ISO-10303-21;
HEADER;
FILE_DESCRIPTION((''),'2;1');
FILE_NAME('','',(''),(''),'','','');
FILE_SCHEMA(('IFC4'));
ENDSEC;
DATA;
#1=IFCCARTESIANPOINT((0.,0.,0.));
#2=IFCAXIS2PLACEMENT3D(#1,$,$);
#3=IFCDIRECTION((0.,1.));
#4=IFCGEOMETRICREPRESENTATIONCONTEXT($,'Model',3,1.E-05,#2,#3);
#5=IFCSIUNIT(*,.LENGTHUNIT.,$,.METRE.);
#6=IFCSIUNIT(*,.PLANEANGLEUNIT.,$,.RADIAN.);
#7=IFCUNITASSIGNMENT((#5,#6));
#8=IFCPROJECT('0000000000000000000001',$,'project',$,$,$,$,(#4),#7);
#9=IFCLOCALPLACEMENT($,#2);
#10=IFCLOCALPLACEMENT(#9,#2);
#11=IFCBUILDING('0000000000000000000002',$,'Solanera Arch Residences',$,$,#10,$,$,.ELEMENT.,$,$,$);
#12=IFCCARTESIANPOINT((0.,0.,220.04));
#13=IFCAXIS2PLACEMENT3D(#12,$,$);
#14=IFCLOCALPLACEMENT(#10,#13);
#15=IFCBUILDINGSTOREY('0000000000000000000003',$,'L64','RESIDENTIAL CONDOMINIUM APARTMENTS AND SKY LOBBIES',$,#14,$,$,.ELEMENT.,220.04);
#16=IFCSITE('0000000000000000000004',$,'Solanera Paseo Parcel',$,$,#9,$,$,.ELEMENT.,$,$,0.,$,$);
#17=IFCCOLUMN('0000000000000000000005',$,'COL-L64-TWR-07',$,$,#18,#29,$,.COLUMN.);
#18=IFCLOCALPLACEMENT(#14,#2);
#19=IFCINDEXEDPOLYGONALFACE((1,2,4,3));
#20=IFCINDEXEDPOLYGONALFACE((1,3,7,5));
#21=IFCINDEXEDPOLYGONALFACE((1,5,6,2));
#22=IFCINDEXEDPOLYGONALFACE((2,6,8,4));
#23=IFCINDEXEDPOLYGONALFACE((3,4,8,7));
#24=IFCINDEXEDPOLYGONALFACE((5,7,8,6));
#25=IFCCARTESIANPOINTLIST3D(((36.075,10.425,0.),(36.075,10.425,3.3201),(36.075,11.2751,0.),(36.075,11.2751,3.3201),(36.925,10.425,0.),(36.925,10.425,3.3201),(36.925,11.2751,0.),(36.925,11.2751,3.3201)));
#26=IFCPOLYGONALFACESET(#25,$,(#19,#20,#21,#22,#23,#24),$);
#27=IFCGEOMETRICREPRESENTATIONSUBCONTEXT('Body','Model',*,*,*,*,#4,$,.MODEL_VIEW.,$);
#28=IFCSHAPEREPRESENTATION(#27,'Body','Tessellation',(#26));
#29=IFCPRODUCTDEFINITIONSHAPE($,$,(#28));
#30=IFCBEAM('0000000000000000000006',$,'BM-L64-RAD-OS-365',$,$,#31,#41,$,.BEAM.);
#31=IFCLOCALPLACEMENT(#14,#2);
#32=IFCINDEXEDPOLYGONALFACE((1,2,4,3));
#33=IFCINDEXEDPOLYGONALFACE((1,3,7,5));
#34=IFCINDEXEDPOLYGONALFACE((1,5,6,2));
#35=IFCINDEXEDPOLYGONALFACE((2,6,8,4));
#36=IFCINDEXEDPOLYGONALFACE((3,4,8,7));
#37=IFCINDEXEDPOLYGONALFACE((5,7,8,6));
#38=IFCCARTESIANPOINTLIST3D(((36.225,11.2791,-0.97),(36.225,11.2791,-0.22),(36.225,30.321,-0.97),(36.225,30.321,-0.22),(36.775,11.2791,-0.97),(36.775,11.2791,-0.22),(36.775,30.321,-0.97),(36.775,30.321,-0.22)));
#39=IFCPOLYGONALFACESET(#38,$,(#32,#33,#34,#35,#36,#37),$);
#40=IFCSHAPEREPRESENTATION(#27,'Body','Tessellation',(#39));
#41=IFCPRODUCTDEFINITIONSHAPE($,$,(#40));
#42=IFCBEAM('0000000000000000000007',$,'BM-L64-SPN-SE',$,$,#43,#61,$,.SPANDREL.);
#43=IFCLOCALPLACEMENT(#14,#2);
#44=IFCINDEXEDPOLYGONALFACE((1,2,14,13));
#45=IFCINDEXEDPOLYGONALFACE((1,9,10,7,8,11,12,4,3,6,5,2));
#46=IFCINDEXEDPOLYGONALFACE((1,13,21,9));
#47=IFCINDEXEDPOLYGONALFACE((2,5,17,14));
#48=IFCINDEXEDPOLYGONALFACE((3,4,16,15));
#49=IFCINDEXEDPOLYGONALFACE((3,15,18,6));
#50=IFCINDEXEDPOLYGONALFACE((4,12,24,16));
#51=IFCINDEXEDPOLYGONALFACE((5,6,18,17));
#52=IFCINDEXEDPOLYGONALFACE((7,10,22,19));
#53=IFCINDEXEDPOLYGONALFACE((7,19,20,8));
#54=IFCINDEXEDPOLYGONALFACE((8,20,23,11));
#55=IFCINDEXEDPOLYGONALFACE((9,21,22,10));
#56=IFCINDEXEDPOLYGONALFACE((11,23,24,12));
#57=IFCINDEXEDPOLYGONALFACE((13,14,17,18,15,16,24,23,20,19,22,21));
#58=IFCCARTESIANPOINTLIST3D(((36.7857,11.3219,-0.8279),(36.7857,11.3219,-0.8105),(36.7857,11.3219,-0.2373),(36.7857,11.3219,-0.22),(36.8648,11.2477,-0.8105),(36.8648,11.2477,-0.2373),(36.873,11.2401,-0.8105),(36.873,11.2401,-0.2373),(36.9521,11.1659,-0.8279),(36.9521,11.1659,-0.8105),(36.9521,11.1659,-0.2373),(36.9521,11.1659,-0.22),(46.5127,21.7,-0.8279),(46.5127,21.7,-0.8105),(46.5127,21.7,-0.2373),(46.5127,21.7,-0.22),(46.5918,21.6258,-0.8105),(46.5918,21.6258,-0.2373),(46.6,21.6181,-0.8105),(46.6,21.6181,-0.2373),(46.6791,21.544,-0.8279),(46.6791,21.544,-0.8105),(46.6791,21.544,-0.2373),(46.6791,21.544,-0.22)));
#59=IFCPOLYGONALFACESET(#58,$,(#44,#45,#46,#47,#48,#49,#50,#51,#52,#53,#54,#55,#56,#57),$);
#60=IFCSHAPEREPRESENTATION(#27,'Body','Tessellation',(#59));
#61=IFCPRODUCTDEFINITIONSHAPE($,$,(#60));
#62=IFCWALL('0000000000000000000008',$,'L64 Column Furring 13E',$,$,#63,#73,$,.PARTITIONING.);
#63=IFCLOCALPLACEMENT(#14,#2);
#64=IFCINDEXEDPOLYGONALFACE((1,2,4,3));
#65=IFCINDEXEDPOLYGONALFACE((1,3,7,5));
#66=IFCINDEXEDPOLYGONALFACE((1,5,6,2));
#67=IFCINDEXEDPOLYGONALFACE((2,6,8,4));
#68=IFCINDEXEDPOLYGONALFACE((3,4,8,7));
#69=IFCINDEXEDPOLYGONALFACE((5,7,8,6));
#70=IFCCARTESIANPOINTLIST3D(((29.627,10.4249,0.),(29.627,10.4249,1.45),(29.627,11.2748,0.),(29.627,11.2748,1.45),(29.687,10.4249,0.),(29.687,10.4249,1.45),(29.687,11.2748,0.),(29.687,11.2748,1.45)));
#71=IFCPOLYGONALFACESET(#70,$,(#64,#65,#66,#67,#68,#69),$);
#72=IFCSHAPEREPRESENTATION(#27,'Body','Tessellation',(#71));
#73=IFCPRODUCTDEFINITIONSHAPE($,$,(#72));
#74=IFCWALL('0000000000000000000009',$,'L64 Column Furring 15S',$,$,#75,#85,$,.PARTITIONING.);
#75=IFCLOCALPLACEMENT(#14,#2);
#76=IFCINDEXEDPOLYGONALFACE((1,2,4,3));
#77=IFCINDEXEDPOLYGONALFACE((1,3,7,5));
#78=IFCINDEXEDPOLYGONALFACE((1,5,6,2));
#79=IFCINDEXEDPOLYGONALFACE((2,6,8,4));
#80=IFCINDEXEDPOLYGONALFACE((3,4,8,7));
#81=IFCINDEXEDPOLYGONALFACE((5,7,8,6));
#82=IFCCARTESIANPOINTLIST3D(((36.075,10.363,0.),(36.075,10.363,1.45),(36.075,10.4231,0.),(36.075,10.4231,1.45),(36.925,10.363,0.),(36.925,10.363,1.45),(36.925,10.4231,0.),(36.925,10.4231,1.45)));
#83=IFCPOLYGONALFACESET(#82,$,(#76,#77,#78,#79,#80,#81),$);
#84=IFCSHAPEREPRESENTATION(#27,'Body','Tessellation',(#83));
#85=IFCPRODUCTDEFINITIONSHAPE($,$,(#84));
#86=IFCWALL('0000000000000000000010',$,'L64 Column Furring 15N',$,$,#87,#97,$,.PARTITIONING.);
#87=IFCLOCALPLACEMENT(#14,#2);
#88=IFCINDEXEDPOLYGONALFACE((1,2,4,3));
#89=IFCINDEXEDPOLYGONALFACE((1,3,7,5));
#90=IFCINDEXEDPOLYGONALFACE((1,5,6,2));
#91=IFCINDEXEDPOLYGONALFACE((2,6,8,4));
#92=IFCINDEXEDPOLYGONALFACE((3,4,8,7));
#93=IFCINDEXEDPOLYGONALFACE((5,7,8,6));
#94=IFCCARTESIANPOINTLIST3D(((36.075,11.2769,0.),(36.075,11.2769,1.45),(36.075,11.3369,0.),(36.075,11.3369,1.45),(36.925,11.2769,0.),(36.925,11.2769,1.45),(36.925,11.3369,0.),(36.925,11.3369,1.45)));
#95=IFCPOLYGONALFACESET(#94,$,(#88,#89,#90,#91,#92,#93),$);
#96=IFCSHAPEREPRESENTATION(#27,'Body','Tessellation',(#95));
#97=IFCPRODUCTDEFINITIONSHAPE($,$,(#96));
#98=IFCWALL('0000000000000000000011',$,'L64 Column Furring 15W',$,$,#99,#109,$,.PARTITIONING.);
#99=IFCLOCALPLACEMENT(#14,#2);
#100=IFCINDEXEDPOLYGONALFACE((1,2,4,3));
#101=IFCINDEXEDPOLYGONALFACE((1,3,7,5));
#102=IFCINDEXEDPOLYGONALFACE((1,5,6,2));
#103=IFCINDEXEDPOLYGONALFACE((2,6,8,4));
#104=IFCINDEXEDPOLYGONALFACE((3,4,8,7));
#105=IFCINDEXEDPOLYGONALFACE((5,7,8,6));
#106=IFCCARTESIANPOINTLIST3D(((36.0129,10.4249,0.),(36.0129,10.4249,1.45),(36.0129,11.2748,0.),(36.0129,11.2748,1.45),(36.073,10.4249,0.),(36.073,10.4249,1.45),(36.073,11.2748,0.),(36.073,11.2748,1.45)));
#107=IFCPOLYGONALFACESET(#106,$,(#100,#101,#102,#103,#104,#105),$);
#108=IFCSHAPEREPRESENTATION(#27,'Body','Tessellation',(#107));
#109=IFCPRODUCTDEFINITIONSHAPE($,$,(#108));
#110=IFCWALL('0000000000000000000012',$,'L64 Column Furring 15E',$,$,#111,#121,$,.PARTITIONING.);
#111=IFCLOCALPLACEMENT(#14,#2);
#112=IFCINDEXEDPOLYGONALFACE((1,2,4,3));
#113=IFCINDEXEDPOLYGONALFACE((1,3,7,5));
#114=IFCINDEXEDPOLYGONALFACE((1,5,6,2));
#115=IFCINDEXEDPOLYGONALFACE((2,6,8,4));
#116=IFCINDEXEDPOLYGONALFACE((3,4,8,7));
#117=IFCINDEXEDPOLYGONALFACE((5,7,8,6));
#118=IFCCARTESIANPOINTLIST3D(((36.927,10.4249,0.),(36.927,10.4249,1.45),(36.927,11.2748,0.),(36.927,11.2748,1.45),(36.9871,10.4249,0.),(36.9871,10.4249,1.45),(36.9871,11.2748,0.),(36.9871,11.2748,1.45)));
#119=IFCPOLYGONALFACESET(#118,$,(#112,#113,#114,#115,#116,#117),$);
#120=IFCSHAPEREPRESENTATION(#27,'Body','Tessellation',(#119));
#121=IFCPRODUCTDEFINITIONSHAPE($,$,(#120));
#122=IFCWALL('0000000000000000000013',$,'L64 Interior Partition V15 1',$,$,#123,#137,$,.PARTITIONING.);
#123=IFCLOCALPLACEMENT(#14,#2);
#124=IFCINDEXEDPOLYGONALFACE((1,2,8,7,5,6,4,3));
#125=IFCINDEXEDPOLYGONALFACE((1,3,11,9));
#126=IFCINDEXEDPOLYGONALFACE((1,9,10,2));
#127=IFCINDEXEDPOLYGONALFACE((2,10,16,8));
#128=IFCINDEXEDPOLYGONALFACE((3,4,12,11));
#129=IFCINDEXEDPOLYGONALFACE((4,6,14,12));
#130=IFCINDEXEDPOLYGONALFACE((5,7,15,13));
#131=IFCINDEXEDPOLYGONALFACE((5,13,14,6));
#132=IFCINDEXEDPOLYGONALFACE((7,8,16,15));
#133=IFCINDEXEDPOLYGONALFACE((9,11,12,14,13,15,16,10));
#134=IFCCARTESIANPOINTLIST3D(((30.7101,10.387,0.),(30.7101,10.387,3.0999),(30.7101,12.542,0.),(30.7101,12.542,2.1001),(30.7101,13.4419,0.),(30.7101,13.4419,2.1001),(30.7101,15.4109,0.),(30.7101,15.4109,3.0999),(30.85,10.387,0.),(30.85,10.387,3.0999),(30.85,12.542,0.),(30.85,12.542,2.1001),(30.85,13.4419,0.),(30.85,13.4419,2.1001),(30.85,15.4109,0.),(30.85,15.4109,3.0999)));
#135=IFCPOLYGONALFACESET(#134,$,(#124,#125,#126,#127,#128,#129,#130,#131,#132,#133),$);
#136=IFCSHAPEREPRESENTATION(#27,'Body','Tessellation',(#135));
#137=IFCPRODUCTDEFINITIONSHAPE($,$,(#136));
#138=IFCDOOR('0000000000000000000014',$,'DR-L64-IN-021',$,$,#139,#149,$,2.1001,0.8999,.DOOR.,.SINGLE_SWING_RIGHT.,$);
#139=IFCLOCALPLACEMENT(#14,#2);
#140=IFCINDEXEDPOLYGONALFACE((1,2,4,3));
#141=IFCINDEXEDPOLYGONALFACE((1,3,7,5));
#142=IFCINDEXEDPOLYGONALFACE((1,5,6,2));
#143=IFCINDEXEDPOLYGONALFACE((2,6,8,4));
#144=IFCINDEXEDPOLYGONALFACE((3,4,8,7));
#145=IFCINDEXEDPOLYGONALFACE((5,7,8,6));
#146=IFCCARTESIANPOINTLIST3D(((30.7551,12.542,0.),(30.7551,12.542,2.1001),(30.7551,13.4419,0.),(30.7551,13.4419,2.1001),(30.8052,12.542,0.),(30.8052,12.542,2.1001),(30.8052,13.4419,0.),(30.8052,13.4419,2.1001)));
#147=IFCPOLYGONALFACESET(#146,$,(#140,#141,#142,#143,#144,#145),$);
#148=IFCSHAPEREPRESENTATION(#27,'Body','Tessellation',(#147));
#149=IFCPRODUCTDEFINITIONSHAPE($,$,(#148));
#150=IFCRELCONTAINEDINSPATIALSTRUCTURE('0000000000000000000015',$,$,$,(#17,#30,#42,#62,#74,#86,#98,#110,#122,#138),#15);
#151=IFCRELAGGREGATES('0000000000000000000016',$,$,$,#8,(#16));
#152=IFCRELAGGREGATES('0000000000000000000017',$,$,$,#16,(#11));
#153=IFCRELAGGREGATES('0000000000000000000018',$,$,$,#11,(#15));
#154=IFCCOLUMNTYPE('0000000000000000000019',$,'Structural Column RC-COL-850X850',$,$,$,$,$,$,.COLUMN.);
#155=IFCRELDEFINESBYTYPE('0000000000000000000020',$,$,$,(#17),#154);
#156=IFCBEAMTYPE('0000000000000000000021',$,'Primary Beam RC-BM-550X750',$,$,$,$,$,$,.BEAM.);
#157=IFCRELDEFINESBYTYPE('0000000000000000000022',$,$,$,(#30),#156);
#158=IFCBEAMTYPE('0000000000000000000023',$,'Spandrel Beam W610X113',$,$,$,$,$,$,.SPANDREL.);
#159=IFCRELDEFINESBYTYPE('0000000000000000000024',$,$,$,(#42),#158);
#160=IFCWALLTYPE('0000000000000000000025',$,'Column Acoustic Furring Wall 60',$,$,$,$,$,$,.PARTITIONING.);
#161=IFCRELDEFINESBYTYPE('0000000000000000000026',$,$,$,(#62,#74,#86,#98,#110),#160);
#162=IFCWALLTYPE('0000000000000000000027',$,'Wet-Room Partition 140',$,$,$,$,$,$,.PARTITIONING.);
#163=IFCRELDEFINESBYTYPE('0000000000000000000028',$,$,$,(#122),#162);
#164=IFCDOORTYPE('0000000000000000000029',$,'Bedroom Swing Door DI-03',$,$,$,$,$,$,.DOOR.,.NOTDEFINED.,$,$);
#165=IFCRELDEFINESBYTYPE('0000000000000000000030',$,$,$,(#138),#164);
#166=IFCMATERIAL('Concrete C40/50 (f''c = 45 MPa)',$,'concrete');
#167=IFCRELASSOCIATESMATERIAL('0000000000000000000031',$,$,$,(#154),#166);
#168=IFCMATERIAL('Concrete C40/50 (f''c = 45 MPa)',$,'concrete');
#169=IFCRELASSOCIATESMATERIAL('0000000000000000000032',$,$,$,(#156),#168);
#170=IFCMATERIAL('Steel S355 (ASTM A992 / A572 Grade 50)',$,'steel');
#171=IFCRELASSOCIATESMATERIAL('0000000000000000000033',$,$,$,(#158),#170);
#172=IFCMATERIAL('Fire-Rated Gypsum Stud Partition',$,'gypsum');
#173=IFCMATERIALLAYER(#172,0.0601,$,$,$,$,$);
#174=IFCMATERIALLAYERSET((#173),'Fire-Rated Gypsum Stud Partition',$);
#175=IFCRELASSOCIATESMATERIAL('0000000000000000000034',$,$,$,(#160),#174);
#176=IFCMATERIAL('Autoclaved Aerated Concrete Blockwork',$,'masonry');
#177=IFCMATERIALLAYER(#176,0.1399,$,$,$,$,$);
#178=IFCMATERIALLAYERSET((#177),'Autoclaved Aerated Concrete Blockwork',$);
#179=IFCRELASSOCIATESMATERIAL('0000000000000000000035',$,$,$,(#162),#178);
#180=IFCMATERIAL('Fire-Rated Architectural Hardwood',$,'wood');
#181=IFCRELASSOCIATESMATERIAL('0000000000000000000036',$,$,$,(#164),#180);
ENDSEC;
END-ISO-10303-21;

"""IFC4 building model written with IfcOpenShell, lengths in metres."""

from ifc_helpers import new_model, si_unit, direction, frame, frame_2d, origin, origin_2d, place, context, subcontext, project, spatial, rectangle, i_section, extrude, material, layer, layer_set, material_profile, profile_set, type_object, element, fill, save


model = new_model("IFC4")

# Units and contexts
model_context = context("Model", 3, precision=1e-05, world=origin(), true_north=direction((0.0, 1.0)))
body_context = subcontext(model_context, "Body", "Model", "MODEL_VIEW")
ifc_project = project(units=[si_unit("LENGTHUNIT", "METRE"), si_unit("PLANEANGLEUNIT", "RADIAN")], contexts=[model_context])

# Site, building, storey
site_placement = place(None, origin())
site = spatial("IfcSite", under=ifc_project, at=site_placement, Name="Solanera Paseo Parcel", CompositionType="ELEMENT", RefElevation=0.0)
building_placement = place(site_placement, origin())
building = spatial("IfcBuilding", under=site, at=building_placement, Name="Solanera Arch Residences", CompositionType="ELEMENT")
storey_placement = place(building_placement, frame((0.0, 0.0, 220.04)))
storey = spatial("IfcBuildingStorey", under=building, at=storey_placement, Name="L64", Description="RESIDENTIAL CONDOMINIUM APARTMENTS AND SKY LOBBIES", CompositionType="ELEMENT", Elevation=220.04)

# Column
ifc_material_1 = material(Name="Concrete C40/50 (f'c = 45 MPa)", Category="concrete")
ifc_material_profile_1 = material_profile(ifc_material_1, rectangle(XDim=0.8501, YDim=0.8501, at=origin_2d()))
ifc_profile_set_1 = profile_set([ifc_material_profile_1], Name="Concrete C40/50 (f'c = 45 MPa)")
column_type = type_object("IfcColumnType", Name="Structural Column RC-COL-850X850", PredefinedType="COLUMN", material=ifc_profile_set_1)
column_placement = place(storey_placement, frame((36.5, 10.8501, 0.0), z_axis=(0.0, 0.0, 1.0), x_axis=(1.0, 0.0, 0.0)))
element("IfcColumn", 1, at=column_placement, inside=storey, type_object=column_type, Name="COL-L64-TWR-07", PredefinedType="COLUMN", context=body_context, shape_type="SweptSolid", body=[
    extrude(rectangle(XDim=0.8501, YDim=0.8501, at=origin_2d()), origin(), (0.0, 0.0, 1.0), 3.3201),
])

# Beams
ifc_material_2 = material(Name="Concrete C40/50 (f'c = 45 MPa)", Category="concrete")
ifc_material_profile_2 = material_profile(ifc_material_2, rectangle(XDim=0.55, YDim=0.75, at=origin_2d()))
ifc_profile_set_2 = profile_set([ifc_material_profile_2], Name="Concrete C40/50 (f'c = 45 MPa)")
beam_type_1 = type_object("IfcBeamType", Name="Primary Beam RC-BM-550X750", PredefinedType="BEAM", material=ifc_profile_set_2)
beam_1_placement = place(storey_placement, frame((36.5, 11.2791, -0.595), z_axis=(0.0, 1.0, 0.0), x_axis=(-1.0, 0.0, 0.0)))
element("IfcBeam", 2, at=beam_1_placement, inside=storey, type_object=beam_type_1, Name="BM-L64-RAD-OS-365", PredefinedType="BEAM", context=body_context, shape_type="SweptSolid", body=[
    extrude(rectangle(XDim=0.55, YDim=0.75, at=origin_2d()), origin(), (0.0, 0.0, 1.0), 19.042),
])
ifc_material_3 = material(Name="Steel S355 (ASTM A992 / A572 Grade 50)", Category="steel")
ifc_material_profile_3 = material_profile(ifc_material_3, i_section(OverallWidth=0.228, OverallDepth=0.6079, WebThickness=0.0112, FlangeThickness=0.0173, at=origin_2d()))
ifc_profile_set_3 = profile_set([ifc_material_profile_3], Name="Steel S355 (ASTM A992 / A572 Grade 50)")
beam_type_2 = type_object("IfcBeamType", Name="Spandrel Beam W610X113", PredefinedType="SPANDREL", material=ifc_profile_set_3)
beam_2_placement = place(storey_placement, frame((36.8689, 11.2439, -0.5239), z_axis=(0.683848, 0.729624, 0.0), x_axis=(-0.729624, 0.683848, 0.0)))
element("IfcBeam", 3, at=beam_2_placement, inside=storey, type_object=beam_type_2, Name="BM-L64-SPN-SE", PredefinedType="SPANDREL", context=body_context, shape_type="SweptSolid", body=[
    extrude(i_section(OverallWidth=0.228, OverallDepth=0.6079, WebThickness=0.0112, FlangeThickness=0.0173, at=origin_2d()), origin(), (0.0, 0.0, 1.0), 14.2239),
])

# Walls
ifc_material_4 = material(Name="Fire-Rated Gypsum Stud Partition", Category="gypsum")
ifc_layer_1 = layer(ifc_material_4, 0.0601)
ifc_layer_set_1 = layer_set([ifc_layer_1], Name="Fire-Rated Gypsum Stud Partition")
wall_type_1 = type_object("IfcWallType", Name="Column Acoustic Furring Wall 60", PredefinedType="PARTITIONING", material=ifc_layer_set_1)
wall_1_placement = place(storey_placement, frame((29.657, 10.425, 0.0), z_axis=(0.0, 0.0, 1.0), x_axis=(0.0, 1.0, 0.0)))
element("IfcWall", 4, at=wall_1_placement, inside=storey, type_object=wall_type_1, Name="L64 Column Furring 13E", PredefinedType="PARTITIONING", context=body_context, shape_type="SweptSolid", body=[
    extrude(rectangle(XDim=0.8499, YDim=0.0601, at=frame_2d((0.4248, 0.0))), origin(), (0.0, 0.0, 1.0), 1.45),
])
for number, where, z_axis, x_axis, name in (
    (5, (36.075, 10.3931, 0.0), (0.0, 0.0, 1.0), (1.0, 0.0, 0.0), "L64 Column Furring 15S"),
    (6, (36.075, 11.3069, 0.0), (0.0, 0.0, 1.0), (1.0, 0.0, 0.0), "L64 Column Furring 15N"),
):
    element("IfcWall", number, at=place(storey_placement, frame(where, z_axis=z_axis, x_axis=x_axis)), inside=storey, type_object=wall_type_1, Name=name, PredefinedType="PARTITIONING", context=body_context, shape_type="SweptSolid", body=[
        extrude(rectangle(XDim=0.8501, YDim=0.0601, at=frame_2d((0.425, 0.0))), origin(), (0.0, 0.0, 1.0), 1.45),
    ])
for number, where, z_axis, x_axis, name in (
    (7, (36.043, 10.425, 0.0), (0.0, 0.0, 1.0), (0.0, 1.0, 0.0), "L64 Column Furring 15W"),
    (8, (36.957, 10.425, 0.0), (0.0, 0.0, 1.0), (0.0, 1.0, 0.0), "L64 Column Furring 15E"),
):
    element("IfcWall", number, at=place(storey_placement, frame(where, z_axis=z_axis, x_axis=x_axis)), inside=storey, type_object=wall_type_1, Name=name, PredefinedType="PARTITIONING", context=body_context, shape_type="SweptSolid", body=[
        extrude(rectangle(XDim=0.8499, YDim=0.0601, at=frame_2d((0.4248, 0.0))), origin(), (0.0, 0.0, 1.0), 1.45),
    ])

# Wall, opening, door
ifc_material_5 = material(Name="Autoclaved Aerated Concrete Blockwork", Category="masonry")
ifc_layer_2 = layer(ifc_material_5, 0.1399)
ifc_layer_set_2 = layer_set([ifc_layer_2], Name="Autoclaved Aerated Concrete Blockwork")
wall_type_2 = type_object("IfcWallType", Name="Wet-Room Partition 140", PredefinedType="PARTITIONING", material=ifc_layer_set_2)
wall_2_placement = place(storey_placement, frame((30.78, 10.387, 0.0), z_axis=(0.0, 0.0, 1.0), x_axis=(0.0, 1.0, 0.0)))
wall_2 = element("IfcWall", 9, at=wall_2_placement, inside=storey, type_object=wall_type_2, Name="L64 Interior Partition V15 1", PredefinedType="PARTITIONING", context=body_context, shape_type="SweptSolid", body=[
    extrude(rectangle(XDim=5.0239, YDim=0.1399, at=frame_2d((2.512, 0.0))), origin(), (0.0, 0.0, 1.0), 3.0999),
])
opening_placement = place(wall_2_placement, frame((2.155, 0.0, 0.0)))
opening = element("IfcOpeningElement", 10, at=opening_placement, cuts=wall_2, PredefinedType="OPENING", context=body_context, shape_type="SweptSolid", body=[
    extrude(rectangle(XDim=0.8999, YDim=2.1001, at=frame_2d((0.45, 1.05))), frame((0.0, 0.0798, 0.0), z_axis=(0.0, -1.0, 0.0), x_axis=(1.0, 0.0, 0.0)), (0.0, 0.0, 1.0), 0.1599),
])
ifc_material_6 = material(Name="Fire-Rated Architectural Hardwood", Category="wood")
door_type = type_object("IfcDoorType", Name="Bedroom Swing Door DI-03", OperationType="NOTDEFINED", PredefinedType="DOOR", material=ifc_material_6)
door_placement = place(opening_placement, origin())
door = element("IfcDoor", 11, at=door_placement, inside=storey, type_object=door_type, Name="DR-L64-IN-021", OperationType="SINGLE_SWING_RIGHT", OverallHeight=2.1001, OverallWidth=0.8999, PredefinedType="DOOR", context=body_context, shape_type="SweptSolid", body=[
    extrude(rectangle(XDim=0.8999, YDim=2.1001, at=frame_2d((0.45, 1.05))), frame((0.0, 0.0249, 0.0), z_axis=(0.0, -1.0, 0.0), x_axis=(1.0, 0.0, 0.0)), (0.0, 0.0, 1.0), 0.05),
])
fill(opening, door)

save(model, "model.ifc")
